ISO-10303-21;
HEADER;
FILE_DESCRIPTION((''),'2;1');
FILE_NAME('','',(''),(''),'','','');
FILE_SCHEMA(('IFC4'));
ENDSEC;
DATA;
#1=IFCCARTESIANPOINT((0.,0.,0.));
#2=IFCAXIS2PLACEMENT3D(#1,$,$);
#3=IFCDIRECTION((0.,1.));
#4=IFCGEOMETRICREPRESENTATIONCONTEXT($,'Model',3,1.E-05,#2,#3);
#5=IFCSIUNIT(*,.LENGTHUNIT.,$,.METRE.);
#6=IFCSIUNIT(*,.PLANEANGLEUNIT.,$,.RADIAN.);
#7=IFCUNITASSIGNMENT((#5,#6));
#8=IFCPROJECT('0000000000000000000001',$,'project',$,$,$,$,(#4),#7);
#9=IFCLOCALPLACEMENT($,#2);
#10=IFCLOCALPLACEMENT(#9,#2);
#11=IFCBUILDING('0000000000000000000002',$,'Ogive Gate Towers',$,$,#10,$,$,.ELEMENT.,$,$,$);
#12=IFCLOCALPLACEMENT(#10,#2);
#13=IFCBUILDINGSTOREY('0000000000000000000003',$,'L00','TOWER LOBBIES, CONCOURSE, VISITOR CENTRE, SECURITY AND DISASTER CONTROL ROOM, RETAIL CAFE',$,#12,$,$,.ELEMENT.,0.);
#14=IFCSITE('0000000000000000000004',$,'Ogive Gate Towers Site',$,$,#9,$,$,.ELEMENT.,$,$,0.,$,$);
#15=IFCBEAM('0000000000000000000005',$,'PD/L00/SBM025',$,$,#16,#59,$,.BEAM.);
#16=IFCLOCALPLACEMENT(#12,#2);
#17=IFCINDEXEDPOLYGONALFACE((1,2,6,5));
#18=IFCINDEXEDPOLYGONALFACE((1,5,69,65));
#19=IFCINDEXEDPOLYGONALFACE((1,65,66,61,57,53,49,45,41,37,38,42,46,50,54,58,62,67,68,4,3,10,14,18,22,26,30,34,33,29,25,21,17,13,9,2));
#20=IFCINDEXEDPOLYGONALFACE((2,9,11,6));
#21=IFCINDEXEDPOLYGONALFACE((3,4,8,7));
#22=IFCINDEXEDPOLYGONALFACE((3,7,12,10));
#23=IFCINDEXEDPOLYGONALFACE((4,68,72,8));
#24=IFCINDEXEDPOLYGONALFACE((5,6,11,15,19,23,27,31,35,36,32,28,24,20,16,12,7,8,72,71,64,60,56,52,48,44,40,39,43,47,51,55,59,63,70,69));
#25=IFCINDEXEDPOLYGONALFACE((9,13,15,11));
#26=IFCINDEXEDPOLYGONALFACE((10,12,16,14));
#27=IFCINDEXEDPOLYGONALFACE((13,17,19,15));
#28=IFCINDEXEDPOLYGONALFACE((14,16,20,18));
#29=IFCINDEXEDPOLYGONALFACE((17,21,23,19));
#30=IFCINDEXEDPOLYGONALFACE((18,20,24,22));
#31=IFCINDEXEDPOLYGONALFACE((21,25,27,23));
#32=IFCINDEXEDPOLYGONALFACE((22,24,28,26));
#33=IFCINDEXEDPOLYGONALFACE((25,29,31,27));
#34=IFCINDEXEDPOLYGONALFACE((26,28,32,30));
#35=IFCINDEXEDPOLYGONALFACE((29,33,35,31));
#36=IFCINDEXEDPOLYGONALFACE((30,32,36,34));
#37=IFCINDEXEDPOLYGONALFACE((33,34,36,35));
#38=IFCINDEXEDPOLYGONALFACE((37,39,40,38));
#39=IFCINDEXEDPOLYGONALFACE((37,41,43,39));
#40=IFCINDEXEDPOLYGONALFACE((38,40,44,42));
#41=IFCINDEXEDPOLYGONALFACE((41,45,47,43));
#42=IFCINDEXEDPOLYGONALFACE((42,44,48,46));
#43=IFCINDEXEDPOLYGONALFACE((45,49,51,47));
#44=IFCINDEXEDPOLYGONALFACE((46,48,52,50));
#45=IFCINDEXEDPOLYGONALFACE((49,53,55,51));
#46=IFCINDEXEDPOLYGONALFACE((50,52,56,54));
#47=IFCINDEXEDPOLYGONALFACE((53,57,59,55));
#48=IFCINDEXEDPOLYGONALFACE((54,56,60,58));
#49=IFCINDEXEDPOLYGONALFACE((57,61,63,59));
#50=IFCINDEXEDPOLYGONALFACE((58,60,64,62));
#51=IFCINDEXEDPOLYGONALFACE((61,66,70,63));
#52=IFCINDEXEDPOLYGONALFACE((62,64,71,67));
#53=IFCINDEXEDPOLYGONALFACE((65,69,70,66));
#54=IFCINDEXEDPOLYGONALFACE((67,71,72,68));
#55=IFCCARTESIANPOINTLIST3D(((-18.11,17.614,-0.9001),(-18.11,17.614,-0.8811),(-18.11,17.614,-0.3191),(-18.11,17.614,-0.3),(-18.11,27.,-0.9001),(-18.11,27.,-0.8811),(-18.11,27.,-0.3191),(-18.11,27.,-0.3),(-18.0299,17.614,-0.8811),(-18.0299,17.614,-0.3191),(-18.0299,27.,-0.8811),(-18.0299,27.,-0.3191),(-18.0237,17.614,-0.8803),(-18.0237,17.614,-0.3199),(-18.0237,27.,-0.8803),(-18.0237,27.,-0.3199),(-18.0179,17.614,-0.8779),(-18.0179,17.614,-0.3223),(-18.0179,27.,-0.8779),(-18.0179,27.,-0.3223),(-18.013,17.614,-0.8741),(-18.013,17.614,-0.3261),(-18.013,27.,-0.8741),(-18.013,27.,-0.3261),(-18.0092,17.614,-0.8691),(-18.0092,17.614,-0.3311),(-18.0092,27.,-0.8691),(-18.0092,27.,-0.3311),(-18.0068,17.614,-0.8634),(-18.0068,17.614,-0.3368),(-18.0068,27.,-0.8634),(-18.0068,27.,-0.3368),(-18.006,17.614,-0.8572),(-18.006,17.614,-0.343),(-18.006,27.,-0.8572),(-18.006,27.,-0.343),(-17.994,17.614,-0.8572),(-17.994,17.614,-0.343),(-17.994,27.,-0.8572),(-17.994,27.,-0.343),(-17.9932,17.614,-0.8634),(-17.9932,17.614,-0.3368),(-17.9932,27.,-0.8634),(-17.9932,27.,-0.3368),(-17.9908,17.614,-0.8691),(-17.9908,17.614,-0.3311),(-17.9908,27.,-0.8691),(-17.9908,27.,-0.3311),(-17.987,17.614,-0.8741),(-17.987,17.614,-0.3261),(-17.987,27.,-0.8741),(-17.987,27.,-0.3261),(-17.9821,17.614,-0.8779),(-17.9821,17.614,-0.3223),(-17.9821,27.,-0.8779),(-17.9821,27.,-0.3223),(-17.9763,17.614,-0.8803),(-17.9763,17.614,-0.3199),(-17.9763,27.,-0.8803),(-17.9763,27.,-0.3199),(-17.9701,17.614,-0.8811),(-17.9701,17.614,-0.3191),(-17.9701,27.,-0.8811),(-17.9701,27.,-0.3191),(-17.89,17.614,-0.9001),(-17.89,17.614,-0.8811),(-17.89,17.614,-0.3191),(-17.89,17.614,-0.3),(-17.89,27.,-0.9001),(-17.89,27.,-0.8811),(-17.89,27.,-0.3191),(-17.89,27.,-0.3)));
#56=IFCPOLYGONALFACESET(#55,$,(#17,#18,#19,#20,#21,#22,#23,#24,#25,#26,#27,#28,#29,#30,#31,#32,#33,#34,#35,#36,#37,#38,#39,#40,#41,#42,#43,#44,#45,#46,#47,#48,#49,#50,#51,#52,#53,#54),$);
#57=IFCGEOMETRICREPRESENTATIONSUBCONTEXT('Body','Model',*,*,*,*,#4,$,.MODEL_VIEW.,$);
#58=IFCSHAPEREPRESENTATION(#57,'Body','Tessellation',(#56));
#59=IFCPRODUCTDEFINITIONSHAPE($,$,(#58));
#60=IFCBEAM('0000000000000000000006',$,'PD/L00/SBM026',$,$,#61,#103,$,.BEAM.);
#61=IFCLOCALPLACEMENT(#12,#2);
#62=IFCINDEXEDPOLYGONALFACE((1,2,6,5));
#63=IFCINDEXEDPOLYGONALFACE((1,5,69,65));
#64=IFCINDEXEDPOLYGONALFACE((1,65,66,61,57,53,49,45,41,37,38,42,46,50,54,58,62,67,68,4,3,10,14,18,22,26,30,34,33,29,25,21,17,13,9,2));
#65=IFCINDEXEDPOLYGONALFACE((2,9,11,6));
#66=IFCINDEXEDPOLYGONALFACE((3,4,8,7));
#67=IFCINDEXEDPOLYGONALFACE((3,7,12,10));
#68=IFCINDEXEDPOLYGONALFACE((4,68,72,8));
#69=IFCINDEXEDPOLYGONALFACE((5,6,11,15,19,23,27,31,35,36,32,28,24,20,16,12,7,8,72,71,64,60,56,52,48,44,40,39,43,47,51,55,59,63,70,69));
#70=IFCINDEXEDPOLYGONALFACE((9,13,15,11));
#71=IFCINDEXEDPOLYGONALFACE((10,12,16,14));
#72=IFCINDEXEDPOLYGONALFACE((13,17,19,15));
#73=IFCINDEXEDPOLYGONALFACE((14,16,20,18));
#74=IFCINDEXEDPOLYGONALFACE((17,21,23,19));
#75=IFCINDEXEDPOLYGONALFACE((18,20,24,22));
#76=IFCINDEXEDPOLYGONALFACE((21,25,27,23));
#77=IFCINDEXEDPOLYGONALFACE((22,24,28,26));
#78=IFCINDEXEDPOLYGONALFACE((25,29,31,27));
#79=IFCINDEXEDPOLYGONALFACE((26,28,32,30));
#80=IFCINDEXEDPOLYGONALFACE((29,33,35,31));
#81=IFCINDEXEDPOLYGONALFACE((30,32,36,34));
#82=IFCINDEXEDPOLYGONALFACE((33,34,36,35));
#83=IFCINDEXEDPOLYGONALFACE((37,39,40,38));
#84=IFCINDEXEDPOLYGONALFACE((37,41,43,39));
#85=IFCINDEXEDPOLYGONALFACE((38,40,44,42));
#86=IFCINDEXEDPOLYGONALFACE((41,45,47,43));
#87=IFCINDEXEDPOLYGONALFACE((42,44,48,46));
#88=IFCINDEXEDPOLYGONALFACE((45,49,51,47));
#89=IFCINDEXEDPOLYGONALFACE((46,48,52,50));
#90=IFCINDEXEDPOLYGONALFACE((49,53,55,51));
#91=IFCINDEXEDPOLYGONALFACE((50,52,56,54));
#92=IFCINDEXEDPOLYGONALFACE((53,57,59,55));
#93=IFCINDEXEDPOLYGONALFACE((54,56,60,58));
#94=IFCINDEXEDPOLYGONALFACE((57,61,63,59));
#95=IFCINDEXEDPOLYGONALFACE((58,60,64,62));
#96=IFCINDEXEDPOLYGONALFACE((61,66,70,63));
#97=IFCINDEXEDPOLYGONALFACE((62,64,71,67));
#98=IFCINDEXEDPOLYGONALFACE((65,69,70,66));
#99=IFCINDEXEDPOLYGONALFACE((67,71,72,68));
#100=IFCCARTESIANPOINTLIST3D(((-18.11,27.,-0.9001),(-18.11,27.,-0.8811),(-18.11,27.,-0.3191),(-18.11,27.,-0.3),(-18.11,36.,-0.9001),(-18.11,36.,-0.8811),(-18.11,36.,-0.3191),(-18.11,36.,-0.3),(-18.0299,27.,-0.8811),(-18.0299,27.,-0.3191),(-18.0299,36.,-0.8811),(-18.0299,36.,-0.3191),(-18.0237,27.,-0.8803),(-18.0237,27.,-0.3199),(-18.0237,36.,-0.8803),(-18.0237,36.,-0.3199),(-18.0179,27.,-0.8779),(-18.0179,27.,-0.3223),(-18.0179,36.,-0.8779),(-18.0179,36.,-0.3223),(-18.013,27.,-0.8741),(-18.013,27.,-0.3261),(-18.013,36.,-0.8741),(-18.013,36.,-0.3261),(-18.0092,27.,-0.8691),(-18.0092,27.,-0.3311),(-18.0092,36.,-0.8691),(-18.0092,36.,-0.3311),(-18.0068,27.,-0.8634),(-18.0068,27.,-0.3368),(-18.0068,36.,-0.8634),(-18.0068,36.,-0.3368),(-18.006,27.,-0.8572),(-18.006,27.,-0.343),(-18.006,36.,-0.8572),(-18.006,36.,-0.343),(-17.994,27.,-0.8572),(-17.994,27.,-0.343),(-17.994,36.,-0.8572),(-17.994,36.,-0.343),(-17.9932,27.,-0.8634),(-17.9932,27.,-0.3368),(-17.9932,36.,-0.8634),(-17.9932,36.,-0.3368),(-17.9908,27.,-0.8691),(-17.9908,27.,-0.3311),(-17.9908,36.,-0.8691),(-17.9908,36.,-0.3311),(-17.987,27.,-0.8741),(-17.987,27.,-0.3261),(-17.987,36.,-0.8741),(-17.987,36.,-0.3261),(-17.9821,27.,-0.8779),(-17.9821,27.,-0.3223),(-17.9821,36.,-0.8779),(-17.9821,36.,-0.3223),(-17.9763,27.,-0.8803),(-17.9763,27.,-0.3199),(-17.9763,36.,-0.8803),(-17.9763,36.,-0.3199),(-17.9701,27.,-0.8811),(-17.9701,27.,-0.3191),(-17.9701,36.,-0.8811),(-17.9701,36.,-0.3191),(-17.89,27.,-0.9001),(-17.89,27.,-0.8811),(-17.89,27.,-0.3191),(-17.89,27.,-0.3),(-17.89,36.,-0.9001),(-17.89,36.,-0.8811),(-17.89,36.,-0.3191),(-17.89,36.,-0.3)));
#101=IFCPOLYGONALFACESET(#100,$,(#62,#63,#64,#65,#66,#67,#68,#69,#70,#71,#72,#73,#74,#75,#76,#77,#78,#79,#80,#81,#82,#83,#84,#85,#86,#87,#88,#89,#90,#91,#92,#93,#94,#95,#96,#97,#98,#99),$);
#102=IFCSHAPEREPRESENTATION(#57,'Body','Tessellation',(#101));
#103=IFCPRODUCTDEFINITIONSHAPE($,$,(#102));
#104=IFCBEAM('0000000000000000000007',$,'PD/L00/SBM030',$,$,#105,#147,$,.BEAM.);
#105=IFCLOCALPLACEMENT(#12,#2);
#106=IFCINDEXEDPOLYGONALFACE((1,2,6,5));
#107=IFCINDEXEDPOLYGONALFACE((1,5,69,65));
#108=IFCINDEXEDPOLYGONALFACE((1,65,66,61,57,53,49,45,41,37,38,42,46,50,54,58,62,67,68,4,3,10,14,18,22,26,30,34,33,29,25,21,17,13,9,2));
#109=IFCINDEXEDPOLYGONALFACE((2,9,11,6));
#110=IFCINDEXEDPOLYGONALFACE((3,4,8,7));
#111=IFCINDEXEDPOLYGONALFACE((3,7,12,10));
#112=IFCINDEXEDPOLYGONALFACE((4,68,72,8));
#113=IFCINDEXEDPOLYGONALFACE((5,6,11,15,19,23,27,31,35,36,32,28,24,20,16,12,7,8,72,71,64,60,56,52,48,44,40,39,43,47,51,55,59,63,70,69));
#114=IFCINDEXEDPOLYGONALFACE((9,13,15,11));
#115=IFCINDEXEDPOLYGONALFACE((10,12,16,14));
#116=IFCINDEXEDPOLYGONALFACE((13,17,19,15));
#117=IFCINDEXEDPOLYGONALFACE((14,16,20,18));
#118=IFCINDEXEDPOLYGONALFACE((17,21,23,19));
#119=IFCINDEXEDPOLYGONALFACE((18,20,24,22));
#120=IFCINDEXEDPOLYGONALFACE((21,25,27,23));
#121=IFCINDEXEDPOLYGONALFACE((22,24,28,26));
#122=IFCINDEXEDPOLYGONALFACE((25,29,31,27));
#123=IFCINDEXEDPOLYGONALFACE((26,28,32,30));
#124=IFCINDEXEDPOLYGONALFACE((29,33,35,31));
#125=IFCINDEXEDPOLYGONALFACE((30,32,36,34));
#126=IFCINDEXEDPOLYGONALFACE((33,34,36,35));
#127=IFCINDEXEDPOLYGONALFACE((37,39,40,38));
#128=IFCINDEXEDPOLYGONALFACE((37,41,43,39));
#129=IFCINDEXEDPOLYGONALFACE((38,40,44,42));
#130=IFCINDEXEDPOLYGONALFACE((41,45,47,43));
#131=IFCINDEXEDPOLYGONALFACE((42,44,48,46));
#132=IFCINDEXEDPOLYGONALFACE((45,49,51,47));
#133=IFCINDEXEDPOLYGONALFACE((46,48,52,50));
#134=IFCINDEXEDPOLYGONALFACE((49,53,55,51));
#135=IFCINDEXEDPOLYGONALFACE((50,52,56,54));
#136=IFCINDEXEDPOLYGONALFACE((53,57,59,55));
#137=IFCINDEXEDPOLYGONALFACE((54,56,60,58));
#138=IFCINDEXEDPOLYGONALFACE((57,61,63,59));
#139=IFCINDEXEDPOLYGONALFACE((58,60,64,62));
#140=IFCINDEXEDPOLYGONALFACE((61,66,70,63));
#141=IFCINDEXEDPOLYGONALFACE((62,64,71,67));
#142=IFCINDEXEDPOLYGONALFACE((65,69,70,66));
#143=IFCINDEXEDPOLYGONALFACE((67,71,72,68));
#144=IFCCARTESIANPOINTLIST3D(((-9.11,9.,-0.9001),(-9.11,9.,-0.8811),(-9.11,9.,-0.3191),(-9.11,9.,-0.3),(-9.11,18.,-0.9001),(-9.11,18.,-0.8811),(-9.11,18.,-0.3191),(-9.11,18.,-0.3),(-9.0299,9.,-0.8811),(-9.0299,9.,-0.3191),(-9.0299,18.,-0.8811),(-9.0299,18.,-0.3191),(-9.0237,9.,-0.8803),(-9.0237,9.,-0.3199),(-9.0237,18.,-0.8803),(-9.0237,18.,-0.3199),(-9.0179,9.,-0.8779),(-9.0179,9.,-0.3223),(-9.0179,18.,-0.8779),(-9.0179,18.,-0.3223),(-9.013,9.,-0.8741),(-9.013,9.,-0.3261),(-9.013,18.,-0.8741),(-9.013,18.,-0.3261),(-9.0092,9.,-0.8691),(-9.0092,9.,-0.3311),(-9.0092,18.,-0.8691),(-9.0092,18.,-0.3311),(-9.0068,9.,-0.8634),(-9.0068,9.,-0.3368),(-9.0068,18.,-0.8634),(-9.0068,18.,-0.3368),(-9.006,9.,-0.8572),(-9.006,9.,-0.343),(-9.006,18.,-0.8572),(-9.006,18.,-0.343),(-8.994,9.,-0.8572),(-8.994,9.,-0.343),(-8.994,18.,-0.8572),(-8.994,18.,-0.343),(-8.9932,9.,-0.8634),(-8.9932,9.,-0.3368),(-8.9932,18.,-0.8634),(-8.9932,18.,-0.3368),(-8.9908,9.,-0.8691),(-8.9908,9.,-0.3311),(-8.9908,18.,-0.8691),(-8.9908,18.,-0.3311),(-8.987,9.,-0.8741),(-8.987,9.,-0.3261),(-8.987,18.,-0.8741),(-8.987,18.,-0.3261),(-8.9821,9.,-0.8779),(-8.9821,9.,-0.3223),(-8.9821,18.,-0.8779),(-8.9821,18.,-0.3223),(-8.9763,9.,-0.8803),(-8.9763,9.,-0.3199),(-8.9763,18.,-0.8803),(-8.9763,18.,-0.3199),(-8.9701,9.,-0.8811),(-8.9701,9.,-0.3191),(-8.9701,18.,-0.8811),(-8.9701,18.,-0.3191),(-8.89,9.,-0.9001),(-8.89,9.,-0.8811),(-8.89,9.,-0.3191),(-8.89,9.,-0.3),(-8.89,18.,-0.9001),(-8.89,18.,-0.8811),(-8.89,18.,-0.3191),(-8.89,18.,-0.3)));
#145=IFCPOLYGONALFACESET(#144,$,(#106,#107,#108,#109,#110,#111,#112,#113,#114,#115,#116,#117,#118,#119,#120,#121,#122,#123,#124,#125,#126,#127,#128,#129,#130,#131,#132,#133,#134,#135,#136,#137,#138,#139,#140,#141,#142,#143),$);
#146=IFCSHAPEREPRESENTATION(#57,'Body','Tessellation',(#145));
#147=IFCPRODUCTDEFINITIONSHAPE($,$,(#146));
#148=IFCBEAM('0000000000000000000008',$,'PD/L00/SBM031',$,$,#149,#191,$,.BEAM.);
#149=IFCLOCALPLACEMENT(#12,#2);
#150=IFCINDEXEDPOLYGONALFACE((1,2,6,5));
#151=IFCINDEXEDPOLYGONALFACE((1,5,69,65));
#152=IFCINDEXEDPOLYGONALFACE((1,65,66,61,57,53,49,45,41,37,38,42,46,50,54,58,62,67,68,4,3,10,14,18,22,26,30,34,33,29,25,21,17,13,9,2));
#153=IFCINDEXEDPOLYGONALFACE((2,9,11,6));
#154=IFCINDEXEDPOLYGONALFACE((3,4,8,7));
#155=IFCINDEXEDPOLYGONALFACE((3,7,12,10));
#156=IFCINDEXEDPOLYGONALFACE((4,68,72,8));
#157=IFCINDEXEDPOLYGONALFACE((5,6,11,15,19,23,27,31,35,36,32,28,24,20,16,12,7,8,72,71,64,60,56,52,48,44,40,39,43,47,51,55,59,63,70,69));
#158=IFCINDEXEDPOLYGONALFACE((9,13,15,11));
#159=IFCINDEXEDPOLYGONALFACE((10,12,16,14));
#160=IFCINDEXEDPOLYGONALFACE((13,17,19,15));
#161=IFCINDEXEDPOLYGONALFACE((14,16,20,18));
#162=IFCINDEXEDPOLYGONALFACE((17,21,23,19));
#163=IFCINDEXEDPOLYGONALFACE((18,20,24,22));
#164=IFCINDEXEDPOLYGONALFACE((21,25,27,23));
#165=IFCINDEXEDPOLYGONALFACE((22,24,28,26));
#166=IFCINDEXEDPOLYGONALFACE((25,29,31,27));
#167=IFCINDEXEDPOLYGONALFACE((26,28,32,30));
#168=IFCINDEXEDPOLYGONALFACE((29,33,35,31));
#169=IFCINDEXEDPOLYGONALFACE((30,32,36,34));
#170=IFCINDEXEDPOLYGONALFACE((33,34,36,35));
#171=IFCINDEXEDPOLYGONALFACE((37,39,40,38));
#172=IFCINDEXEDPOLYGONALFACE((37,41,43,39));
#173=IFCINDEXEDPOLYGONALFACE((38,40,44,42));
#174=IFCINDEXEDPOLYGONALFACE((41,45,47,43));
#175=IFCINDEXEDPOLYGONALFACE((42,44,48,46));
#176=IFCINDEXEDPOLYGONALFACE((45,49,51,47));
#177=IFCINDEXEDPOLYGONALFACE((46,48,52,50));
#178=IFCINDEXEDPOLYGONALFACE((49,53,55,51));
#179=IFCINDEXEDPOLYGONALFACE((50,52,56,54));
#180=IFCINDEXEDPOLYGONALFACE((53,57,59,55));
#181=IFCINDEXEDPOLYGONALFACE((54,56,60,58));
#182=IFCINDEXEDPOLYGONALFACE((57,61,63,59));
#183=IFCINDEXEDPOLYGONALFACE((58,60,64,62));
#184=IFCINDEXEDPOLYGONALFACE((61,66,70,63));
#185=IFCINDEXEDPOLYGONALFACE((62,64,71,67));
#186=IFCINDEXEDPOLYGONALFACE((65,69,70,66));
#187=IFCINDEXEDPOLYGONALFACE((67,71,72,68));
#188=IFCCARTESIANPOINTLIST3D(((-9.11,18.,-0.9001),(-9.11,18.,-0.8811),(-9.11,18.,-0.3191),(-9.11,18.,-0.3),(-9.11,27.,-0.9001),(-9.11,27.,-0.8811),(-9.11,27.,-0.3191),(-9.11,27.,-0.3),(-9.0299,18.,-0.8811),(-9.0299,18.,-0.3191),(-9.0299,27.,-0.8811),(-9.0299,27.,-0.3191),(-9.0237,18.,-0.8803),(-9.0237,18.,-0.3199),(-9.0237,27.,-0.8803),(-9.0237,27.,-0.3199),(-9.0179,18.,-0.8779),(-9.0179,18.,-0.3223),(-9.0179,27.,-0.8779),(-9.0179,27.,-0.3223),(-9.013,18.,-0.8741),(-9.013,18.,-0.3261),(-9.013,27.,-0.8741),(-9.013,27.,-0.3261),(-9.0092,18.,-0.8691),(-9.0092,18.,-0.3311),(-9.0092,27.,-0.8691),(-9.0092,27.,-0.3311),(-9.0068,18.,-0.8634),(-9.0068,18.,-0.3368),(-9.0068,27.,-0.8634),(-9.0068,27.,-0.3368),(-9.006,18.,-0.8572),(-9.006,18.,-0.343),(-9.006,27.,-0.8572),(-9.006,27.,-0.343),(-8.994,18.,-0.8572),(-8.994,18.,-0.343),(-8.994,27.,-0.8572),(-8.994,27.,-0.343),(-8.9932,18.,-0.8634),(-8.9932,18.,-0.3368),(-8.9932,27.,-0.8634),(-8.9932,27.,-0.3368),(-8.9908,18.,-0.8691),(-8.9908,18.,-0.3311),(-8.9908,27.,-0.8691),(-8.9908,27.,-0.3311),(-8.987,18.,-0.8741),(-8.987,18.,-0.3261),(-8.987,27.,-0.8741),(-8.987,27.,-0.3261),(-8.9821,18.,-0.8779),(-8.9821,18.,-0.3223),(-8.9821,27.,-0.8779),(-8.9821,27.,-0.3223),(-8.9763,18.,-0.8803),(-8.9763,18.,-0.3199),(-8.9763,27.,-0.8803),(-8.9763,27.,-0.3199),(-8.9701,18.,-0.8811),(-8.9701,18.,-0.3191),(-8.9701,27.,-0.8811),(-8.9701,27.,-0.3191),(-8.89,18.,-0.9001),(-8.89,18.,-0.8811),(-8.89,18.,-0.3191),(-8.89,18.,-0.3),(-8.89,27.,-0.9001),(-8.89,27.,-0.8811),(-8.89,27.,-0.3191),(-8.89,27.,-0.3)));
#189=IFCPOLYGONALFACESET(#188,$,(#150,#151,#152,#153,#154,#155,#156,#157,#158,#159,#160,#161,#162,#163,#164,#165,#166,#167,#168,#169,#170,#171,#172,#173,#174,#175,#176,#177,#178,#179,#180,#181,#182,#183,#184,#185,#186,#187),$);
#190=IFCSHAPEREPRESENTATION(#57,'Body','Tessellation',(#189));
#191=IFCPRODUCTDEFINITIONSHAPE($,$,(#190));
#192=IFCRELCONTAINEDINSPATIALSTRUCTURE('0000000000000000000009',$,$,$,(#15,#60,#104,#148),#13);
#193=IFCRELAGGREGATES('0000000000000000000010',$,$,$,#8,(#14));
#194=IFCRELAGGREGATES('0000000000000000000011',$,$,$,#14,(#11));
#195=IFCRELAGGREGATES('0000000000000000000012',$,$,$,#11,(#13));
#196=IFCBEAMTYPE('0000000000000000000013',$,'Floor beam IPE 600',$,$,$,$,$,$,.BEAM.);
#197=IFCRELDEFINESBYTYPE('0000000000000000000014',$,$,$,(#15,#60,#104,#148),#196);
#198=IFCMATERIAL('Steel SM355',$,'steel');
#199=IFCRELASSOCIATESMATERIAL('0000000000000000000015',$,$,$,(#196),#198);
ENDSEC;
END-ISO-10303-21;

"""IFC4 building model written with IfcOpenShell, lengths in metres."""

from ifc_helpers import new_model, si_unit, direction, frame, origin, origin_2d, place, context, subcontext, project, spatial, i_section, extrude, material, material_profile, profile_set, type_object, element, save


model = new_model("IFC4")

# Units and contexts
model_context = context("Model", 3, precision=1e-05, world=origin(), true_north=direction((0.0, 1.0)))
body_context = subcontext(model_context, "Body", "Model", "MODEL_VIEW")
ifc_project = project(units=[si_unit("LENGTHUNIT", "METRE"), si_unit("PLANEANGLEUNIT", "RADIAN")], contexts=[model_context])

# Site, building, storey
site_placement = place(None, origin())
site = spatial("IfcSite", under=ifc_project, at=site_placement, Name="Ogive Gate Towers Site", CompositionType="ELEMENT", RefElevation=0.0)
building_placement = place(site_placement, origin())
building = spatial("IfcBuilding", under=site, at=building_placement, Name="Ogive Gate Towers", CompositionType="ELEMENT")
storey_placement = place(building_placement, origin())
storey = spatial("IfcBuildingStorey", under=building, at=storey_placement, Name="L00", Description="TOWER LOBBIES, CONCOURSE, VISITOR CENTRE, SECURITY AND DISASTER CONTROL ROOM, RETAIL CAFE", CompositionType="ELEMENT", Elevation=0.0)

# Beams
ifc_material_1 = material(Name="Steel SM355", Category="steel")
ifc_material_profile_1 = material_profile(ifc_material_1, i_section(OverallWidth=0.22, OverallDepth=0.6001, WebThickness=0.012, FlangeThickness=0.019, FilletRadius=0.0239, at=origin_2d()), Name="IPE 600")
ifc_profile_set_1 = profile_set([ifc_material_profile_1], Name="Steel SM355")
beam_type_1 = type_object("IfcBeamType", Name="Floor beam IPE 600", PredefinedType="BEAM", material=ifc_profile_set_1)
beam_1_placement = place(storey_placement, frame((-18.0, 17.614, -0.6001), z_axis=(0.0, 1.0, 0.0), x_axis=(-1.0, 0.0, 0.0)))
element("IfcBeam", 1, at=beam_1_placement, inside=storey, type_object=beam_type_1, Name="PD/L00/SBM025", PredefinedType="BEAM", context=body_context, shape_type="SweptSolid", body=[
    extrude(i_section(OverallWidth=0.22, OverallDepth=0.6001, WebThickness=0.012, FlangeThickness=0.019, FilletRadius=0.0239, at=origin_2d()), origin(), (0.0, 0.0, 1.0), 9.386),
])
for number, where, z_axis, x_axis, name in (
    (2, (-18.0, 27.0, -0.6001), (0.0, 1.0, 0.0), (-1.0, 0.0, 0.0), "PD/L00/SBM026"),
    (3, (-9.0, 9.0, -0.6001), (0.0, 1.0, 0.0), (-1.0, 0.0, 0.0), "PD/L00/SBM030"),
    (4, (-9.0, 18.0, -0.6001), (0.0, 1.0, 0.0), (-1.0, 0.0, 0.0), "PD/L00/SBM031"),
):
    element("IfcBeam", number, at=place(storey_placement, frame(where, z_axis=z_axis, x_axis=x_axis)), inside=storey, type_object=beam_type_1, Name=name, PredefinedType="BEAM", context=body_context, shape_type="SweptSolid", body=[
        extrude(i_section(OverallWidth=0.22, OverallDepth=0.6001, WebThickness=0.012, FlangeThickness=0.019, FilletRadius=0.0239, at=origin_2d()), origin(), (0.0, 0.0, 1.0), 9.0),
    ])

save(model, "model.ifc")
